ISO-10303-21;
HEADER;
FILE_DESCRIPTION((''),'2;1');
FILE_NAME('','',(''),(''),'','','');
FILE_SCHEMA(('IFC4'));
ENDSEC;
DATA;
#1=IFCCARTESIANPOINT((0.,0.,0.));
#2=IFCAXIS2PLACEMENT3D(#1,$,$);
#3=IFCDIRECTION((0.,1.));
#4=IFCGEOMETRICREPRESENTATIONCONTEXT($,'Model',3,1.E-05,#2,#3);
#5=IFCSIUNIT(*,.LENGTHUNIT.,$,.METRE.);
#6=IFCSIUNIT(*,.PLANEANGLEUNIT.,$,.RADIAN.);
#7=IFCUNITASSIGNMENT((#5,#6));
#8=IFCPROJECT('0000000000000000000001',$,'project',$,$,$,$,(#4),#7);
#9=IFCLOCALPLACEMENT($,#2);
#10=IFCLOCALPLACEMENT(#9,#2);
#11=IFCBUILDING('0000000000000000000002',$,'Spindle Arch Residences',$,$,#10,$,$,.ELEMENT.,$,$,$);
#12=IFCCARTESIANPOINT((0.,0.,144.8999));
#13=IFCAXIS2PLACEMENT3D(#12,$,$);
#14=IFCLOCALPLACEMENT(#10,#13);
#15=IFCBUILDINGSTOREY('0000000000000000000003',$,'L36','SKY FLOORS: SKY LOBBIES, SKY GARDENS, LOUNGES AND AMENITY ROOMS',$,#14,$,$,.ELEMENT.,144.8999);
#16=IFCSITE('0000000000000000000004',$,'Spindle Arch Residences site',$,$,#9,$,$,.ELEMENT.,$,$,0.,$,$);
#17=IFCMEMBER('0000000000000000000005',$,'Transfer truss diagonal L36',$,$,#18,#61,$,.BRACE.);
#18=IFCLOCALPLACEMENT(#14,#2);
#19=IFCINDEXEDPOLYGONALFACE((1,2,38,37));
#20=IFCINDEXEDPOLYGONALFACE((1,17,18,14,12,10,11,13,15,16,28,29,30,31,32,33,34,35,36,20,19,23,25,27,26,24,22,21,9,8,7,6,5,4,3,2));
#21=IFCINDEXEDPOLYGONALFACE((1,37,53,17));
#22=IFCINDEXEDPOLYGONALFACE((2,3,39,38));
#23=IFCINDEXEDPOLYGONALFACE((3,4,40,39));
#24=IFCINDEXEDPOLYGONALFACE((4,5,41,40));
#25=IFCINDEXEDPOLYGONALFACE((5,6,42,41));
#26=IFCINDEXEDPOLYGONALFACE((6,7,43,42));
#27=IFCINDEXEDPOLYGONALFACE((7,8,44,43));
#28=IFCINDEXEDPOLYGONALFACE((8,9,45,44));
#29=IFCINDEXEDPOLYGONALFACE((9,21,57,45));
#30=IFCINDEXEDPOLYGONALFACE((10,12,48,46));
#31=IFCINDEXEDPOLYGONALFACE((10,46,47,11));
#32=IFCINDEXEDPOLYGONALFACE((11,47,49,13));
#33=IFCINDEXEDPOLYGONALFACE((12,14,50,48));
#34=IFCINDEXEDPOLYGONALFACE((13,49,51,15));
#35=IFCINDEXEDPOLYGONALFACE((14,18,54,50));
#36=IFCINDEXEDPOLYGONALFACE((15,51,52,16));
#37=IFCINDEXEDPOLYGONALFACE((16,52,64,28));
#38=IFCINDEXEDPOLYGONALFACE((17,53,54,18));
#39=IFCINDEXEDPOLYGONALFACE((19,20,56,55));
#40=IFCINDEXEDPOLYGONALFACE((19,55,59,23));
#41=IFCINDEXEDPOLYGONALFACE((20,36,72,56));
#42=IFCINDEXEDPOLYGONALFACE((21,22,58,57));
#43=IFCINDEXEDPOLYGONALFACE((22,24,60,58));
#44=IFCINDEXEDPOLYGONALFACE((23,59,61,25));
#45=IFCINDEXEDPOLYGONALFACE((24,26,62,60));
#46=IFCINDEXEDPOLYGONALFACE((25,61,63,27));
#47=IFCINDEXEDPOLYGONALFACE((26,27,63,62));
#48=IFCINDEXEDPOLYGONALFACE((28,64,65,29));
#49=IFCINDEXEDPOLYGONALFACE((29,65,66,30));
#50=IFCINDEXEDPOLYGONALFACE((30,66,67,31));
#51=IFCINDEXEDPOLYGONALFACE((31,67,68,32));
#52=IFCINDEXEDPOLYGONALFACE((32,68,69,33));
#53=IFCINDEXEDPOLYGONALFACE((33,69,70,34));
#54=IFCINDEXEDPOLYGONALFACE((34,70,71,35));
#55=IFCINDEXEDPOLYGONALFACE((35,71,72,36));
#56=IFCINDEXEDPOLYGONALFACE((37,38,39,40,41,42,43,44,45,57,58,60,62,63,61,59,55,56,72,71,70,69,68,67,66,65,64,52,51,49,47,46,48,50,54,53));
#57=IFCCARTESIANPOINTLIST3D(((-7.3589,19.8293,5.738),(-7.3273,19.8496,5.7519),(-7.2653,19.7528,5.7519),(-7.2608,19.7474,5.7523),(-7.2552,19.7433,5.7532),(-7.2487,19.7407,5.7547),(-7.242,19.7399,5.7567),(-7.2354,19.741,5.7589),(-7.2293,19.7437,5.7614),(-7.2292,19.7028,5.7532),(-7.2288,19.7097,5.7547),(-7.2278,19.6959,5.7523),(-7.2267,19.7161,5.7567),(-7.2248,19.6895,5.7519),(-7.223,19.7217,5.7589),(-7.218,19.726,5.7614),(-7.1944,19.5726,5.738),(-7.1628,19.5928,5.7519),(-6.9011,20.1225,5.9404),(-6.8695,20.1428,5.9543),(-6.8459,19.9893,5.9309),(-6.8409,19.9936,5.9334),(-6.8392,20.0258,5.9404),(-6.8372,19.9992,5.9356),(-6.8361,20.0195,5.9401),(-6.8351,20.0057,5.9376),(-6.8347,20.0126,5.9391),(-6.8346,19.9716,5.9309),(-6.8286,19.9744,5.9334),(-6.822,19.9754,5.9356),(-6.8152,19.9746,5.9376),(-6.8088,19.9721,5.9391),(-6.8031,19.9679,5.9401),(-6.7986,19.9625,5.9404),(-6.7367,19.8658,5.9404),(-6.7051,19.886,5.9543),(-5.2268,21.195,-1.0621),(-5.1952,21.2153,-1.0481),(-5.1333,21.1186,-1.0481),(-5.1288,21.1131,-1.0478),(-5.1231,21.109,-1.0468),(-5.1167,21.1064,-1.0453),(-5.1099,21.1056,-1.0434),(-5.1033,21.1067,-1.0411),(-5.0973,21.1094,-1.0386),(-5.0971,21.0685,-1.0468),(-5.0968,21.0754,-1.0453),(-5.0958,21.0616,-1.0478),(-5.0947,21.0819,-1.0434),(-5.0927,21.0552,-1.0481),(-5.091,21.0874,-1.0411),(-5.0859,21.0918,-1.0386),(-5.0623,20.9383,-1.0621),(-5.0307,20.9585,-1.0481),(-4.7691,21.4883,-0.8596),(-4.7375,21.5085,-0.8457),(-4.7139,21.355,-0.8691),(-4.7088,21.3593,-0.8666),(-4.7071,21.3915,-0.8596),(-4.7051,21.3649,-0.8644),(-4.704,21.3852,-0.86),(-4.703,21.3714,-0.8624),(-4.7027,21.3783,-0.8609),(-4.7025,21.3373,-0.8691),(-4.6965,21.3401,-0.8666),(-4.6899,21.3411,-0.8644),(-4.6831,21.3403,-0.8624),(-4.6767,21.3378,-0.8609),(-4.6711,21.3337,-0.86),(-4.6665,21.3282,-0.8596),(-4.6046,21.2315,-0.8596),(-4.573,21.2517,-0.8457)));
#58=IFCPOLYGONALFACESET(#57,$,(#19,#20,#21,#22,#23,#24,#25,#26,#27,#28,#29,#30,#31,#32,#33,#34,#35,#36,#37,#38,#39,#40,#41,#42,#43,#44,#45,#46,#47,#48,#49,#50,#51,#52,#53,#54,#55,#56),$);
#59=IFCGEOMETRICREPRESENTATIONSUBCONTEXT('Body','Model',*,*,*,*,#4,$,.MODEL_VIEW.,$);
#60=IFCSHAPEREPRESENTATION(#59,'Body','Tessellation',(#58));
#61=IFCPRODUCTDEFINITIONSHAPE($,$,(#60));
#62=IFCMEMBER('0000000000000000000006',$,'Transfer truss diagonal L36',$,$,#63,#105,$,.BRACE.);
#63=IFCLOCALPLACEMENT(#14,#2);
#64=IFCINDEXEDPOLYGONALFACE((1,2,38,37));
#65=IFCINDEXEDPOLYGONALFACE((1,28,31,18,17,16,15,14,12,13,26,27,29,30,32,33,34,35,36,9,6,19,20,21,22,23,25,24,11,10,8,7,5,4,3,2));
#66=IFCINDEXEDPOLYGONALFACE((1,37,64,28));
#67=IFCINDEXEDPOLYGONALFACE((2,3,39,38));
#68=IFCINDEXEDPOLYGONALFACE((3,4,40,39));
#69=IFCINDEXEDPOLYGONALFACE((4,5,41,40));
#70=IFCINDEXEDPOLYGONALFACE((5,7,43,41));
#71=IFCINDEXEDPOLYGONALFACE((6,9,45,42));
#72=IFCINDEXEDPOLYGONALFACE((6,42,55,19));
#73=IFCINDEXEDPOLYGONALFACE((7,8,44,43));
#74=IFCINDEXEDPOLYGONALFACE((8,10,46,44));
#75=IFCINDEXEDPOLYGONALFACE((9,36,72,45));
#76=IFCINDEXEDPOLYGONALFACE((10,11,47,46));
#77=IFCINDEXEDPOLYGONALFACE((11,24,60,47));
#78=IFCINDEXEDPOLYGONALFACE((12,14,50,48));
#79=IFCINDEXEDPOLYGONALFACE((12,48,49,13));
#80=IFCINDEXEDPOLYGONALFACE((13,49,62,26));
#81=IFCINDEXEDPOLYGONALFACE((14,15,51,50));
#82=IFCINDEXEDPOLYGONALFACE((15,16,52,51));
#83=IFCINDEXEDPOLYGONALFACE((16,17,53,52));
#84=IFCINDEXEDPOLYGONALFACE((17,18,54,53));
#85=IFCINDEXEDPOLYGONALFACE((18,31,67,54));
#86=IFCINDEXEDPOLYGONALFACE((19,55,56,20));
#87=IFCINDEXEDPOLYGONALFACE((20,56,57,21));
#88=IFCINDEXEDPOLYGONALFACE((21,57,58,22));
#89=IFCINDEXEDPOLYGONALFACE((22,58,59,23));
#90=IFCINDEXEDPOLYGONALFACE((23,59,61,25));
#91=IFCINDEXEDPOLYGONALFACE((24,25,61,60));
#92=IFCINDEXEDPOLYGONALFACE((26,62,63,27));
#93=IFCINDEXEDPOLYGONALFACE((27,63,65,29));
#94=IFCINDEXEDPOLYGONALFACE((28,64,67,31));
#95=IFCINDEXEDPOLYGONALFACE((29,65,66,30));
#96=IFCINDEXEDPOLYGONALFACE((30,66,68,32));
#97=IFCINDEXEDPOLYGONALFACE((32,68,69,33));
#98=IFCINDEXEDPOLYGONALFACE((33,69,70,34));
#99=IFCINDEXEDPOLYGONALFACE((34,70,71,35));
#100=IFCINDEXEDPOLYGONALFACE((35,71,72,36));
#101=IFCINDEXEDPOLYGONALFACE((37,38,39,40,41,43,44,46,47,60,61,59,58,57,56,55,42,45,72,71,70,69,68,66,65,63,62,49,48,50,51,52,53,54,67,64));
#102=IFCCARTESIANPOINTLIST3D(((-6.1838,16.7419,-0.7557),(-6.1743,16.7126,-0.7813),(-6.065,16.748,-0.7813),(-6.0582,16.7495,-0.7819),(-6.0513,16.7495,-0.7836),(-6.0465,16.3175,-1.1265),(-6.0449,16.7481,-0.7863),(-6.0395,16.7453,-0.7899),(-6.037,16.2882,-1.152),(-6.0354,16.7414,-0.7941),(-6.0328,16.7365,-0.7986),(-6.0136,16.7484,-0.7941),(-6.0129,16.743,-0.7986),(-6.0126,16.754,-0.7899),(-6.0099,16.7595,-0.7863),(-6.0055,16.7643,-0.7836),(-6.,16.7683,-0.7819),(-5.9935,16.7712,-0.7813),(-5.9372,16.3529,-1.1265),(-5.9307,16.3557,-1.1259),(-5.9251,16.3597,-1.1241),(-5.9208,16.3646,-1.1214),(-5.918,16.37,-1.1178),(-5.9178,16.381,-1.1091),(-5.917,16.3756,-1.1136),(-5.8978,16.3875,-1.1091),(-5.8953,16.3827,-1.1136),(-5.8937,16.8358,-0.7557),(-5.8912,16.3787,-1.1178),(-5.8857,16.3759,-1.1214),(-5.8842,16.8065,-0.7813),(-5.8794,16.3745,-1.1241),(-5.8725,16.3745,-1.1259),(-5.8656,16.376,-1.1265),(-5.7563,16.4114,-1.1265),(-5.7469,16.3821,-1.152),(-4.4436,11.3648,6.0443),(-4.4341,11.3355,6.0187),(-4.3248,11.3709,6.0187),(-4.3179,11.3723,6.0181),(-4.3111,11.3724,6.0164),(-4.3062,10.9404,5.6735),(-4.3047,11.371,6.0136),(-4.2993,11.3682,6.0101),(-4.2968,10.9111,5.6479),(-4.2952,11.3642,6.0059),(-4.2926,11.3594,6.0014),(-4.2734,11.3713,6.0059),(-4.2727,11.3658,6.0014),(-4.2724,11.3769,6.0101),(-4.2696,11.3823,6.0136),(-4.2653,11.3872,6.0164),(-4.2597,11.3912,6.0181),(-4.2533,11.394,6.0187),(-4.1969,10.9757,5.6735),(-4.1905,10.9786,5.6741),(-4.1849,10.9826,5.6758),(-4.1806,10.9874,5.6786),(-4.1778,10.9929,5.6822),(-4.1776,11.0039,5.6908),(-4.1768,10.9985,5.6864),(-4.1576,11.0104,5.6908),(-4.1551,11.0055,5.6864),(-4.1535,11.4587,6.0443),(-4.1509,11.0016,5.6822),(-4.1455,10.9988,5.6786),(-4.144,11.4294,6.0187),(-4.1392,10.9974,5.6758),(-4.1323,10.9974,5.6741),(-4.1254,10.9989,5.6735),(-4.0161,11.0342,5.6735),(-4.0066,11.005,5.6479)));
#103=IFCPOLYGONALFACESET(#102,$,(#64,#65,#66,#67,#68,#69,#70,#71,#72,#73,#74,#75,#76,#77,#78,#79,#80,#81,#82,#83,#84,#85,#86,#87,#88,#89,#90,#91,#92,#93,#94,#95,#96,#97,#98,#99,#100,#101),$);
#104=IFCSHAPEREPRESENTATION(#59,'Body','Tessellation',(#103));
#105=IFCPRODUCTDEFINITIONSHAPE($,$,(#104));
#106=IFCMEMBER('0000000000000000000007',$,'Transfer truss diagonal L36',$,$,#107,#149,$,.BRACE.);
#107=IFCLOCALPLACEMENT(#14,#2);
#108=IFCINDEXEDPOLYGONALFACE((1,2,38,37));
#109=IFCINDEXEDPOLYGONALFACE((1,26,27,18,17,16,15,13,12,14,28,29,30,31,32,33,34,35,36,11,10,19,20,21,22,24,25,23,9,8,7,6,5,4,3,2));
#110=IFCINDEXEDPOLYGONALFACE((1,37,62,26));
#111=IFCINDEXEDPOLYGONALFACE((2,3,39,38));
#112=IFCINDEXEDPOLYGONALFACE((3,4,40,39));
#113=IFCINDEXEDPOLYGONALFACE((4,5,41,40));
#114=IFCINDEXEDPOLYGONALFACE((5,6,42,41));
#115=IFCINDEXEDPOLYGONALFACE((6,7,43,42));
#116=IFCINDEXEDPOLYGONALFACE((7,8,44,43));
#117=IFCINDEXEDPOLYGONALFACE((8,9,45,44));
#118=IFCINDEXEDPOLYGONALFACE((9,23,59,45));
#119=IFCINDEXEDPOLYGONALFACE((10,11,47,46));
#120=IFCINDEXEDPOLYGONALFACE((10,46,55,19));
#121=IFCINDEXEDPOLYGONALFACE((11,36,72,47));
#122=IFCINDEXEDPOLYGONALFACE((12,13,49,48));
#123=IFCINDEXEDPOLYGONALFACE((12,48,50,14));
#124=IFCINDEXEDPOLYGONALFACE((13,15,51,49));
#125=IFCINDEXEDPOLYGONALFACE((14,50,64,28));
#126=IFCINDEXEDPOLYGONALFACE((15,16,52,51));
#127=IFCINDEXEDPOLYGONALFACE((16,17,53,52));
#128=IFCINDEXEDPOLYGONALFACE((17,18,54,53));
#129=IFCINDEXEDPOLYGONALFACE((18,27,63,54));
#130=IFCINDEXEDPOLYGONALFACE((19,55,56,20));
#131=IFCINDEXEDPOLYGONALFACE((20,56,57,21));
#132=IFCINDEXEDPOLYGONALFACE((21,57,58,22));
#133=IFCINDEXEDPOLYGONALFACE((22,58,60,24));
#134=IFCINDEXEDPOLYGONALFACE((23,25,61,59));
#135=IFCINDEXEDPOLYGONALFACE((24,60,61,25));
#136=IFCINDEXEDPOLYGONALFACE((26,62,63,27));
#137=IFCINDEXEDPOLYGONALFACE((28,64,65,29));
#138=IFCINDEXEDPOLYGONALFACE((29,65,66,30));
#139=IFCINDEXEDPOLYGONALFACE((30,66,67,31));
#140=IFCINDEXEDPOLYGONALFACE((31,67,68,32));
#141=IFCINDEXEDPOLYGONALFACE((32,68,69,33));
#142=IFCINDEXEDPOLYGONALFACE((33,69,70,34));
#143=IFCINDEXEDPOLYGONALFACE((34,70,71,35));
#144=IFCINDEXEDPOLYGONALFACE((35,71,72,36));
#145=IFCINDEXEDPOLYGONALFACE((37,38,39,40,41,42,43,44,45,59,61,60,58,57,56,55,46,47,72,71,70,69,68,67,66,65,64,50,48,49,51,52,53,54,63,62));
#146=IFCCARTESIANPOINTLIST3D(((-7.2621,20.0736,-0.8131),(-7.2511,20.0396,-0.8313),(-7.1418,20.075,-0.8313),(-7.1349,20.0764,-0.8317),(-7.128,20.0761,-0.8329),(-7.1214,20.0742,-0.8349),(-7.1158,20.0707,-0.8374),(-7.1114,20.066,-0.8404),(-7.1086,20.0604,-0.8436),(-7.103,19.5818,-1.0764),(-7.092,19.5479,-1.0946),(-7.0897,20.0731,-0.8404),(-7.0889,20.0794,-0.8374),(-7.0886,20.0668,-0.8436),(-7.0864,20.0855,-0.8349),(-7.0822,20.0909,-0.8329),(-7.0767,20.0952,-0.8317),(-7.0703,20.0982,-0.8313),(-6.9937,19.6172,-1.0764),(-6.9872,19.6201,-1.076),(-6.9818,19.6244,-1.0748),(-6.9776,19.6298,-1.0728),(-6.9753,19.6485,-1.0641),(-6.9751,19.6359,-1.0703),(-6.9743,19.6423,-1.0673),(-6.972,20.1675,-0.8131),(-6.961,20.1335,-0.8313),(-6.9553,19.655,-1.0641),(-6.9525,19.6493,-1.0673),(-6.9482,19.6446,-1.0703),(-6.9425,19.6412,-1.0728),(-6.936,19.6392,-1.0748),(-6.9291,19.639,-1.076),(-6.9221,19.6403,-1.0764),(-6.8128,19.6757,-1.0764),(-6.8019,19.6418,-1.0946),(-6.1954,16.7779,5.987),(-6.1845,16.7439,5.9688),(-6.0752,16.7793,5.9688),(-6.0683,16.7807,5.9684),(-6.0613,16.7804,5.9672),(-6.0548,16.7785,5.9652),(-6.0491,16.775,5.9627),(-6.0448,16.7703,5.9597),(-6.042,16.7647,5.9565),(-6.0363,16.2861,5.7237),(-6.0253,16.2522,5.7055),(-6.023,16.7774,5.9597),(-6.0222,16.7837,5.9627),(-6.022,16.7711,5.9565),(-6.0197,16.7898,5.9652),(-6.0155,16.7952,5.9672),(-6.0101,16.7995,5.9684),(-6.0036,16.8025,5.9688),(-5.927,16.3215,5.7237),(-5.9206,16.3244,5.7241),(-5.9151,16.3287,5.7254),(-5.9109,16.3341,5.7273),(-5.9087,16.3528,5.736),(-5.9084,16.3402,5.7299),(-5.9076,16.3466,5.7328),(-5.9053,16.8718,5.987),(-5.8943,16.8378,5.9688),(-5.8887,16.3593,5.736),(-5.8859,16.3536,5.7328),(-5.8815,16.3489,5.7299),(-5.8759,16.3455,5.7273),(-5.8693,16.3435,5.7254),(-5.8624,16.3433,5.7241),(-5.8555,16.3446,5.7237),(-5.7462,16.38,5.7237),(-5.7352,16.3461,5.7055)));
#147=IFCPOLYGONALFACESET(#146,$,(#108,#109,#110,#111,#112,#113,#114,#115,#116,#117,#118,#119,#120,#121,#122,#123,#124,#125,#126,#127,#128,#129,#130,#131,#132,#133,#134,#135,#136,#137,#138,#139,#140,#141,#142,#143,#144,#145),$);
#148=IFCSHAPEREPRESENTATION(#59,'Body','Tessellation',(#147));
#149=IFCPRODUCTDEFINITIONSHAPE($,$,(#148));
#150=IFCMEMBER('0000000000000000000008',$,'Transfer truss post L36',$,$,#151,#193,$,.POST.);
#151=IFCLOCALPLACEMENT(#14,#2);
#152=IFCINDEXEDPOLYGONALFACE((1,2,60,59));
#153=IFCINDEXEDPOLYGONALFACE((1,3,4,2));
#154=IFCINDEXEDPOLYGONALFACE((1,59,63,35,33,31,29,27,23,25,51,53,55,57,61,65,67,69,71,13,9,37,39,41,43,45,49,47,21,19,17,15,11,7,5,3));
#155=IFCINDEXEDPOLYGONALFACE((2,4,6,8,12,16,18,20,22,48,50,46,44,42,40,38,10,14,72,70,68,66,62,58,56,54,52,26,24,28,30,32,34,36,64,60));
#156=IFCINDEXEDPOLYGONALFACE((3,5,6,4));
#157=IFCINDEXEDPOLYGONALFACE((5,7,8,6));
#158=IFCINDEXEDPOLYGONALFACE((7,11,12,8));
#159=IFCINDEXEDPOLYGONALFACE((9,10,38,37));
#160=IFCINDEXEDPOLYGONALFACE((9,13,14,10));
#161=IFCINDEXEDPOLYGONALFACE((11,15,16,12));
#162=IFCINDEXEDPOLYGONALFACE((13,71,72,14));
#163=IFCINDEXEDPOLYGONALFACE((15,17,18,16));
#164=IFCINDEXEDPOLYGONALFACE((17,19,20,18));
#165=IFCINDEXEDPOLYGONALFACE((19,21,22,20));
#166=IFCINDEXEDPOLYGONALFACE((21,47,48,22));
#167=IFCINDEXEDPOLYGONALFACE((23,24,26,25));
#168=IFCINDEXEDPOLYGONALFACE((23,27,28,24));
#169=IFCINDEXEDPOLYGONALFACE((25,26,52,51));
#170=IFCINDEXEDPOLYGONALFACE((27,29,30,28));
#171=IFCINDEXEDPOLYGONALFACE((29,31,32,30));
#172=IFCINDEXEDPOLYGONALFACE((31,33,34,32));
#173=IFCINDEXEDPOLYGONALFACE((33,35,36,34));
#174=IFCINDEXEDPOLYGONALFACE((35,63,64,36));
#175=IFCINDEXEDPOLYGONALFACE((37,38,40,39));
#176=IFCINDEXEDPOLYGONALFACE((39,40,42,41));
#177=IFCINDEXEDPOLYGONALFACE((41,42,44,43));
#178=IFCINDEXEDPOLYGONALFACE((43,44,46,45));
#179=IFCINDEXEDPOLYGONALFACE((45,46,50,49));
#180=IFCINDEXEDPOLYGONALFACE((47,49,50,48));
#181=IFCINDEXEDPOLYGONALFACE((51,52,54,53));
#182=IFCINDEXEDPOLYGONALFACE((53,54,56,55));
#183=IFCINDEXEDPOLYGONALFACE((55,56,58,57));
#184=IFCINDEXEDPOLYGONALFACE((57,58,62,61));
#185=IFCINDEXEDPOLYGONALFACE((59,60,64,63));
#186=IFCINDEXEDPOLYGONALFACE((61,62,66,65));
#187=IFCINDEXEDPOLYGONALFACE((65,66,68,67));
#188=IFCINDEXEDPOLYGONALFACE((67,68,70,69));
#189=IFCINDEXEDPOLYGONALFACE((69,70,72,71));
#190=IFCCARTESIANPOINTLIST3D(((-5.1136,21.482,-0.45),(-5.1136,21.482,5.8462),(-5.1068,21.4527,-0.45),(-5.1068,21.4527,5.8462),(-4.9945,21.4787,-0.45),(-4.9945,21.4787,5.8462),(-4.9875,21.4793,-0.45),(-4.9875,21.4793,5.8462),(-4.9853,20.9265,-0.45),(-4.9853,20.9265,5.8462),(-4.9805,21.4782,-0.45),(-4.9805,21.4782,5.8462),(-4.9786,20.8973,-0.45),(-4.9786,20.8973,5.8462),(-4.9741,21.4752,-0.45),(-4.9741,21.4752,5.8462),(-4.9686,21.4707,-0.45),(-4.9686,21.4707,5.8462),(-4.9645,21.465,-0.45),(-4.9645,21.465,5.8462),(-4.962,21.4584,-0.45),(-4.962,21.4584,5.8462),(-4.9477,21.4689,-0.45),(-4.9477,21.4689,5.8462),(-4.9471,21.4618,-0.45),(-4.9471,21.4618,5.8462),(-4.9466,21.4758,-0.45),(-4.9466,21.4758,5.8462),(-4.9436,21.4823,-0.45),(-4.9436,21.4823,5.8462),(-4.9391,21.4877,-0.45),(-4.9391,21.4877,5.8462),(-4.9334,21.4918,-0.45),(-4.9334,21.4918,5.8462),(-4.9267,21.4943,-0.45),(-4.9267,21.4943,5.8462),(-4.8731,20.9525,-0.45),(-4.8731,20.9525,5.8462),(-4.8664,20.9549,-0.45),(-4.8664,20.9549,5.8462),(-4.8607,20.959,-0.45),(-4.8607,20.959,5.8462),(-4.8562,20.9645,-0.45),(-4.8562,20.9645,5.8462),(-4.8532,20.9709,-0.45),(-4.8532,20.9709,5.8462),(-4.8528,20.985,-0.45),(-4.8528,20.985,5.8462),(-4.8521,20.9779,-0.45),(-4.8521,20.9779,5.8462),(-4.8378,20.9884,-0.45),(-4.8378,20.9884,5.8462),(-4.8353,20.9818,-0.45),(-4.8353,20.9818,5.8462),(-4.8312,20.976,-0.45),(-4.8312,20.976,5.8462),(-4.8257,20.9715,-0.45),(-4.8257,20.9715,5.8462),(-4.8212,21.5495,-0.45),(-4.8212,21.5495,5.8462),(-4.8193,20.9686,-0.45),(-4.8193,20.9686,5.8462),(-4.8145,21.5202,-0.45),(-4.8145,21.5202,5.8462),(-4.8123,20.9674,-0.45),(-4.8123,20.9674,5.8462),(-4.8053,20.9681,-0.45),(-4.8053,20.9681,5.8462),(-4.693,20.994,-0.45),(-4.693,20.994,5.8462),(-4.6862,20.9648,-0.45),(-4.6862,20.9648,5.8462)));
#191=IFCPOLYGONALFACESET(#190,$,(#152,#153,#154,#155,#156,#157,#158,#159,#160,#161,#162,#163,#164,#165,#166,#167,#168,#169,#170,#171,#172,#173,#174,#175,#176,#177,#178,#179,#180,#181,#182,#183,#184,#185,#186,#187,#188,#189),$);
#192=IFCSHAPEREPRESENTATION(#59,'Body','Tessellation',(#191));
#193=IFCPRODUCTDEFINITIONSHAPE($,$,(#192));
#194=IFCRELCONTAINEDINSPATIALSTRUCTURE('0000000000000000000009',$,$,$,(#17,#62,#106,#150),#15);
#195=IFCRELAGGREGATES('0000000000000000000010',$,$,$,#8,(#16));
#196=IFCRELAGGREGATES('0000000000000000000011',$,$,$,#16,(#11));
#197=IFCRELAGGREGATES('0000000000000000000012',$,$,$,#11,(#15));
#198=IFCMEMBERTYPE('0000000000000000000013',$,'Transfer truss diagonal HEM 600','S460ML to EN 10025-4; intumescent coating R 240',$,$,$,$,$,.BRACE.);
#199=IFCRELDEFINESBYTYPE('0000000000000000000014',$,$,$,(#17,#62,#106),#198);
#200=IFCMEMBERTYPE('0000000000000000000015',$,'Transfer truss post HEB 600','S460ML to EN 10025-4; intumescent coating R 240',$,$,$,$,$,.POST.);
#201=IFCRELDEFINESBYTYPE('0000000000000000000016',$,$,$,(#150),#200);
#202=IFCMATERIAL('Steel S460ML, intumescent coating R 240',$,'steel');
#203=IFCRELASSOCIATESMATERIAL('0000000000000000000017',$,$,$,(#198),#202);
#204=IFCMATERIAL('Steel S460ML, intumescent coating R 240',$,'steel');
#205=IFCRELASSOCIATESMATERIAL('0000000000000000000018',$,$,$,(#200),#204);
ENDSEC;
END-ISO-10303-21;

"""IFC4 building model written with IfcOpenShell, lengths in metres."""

from ifc_helpers import new_model, si_unit, direction, frame, origin, origin_2d, place, context, subcontext, project, spatial, i_section, extrude, material, material_profile, profile_set, type_object, element, save


model = new_model("IFC4")

# Units and contexts
model_context = context("Model", 3, precision=1e-05, world=origin(), true_north=direction((0.0, 1.0)))
body_context = subcontext(model_context, "Body", "Model", "MODEL_VIEW")
ifc_project = project(units=[si_unit("LENGTHUNIT", "METRE"), si_unit("PLANEANGLEUNIT", "RADIAN")], contexts=[model_context])

# Site, building, storey
site_placement = place(None, origin())
site = spatial("IfcSite", under=ifc_project, at=site_placement, Name="Spindle Arch Residences site", CompositionType="ELEMENT", RefElevation=0.0)
building_placement = place(site_placement, origin())
building = spatial("IfcBuilding", under=site, at=building_placement, Name="Spindle Arch Residences", CompositionType="ELEMENT")
storey_placement = place(building_placement, frame((0.0, 0.0, 144.8999)))
storey = spatial("IfcBuildingStorey", under=building, at=storey_placement, Name="L36", Description="SKY FLOORS: SKY LOBBIES, SKY GARDENS, LOUNGES AND AMENITY ROOMS", CompositionType="ELEMENT", Elevation=144.8999)

# Members
ifc_material_1 = material(Name="Steel S460ML, intumescent coating R 240", Category="steel")
ifc_material_profile_1 = material_profile(ifc_material_1, i_section(OverallWidth=0.3049, OverallDepth=0.6201, WebThickness=0.021, FlangeThickness=0.04, FilletRadius=0.0271, at=origin_2d()), Name="HEM 600")
ifc_profile_set_1 = profile_set([ifc_material_profile_1], Name="Steel S460ML, intumescent coating R 240")
member_type_1 = type_object("IfcMemberType", Name="Transfer truss diagonal HEM 600", Description="S460ML to EN 10025-4; intumescent coating R 240", PredefinedType="BRACE", material=ifc_profile_set_1)
member_1_placement = place(storey_placement, frame((-4.8999, 21.2234, -0.9539), z_axis=(-0.293831, -0.188216, 0.937144), x_axis=(0.539387, -0.842058, 0.0)))
element("IfcMember", 1, at=member_1_placement, inside=storey, type_object=member_type_1, Name="Transfer truss diagonal L36", PredefinedType="BRACE", context=body_context, shape_type="SweptSolid", body=[
    extrude(i_section(OverallWidth=0.3049, OverallDepth=0.6201, WebThickness=0.021, FlangeThickness=0.04, FilletRadius=0.0271, at=origin_2d()), origin(), (0.0, 0.0, 1.0), 7.2561),
])
member_2_placement = place(storey_placement, frame((-5.9653, 16.562, -0.9539), z_axis=(0.196812, -0.608133, 0.769051), x_axis=(0.951416, 0.307909, 0.0)))
element("IfcMember", 2, at=member_2_placement, inside=storey, type_object=member_type_1, Name="Transfer truss diagonal L36", PredefinedType="BRACE", context=body_context, shape_type="SweptSolid", body=[
    extrude(i_section(OverallWidth=0.3049, OverallDepth=0.6201, WebThickness=0.021, FlangeThickness=0.04, FilletRadius=0.0271, at=origin_2d()), origin(), (0.0, 0.0, 1.0), 8.842),
])
member_3_placement = place(storey_placement, frame((-7.032, 19.8577, -0.9539), z_axis=(0.139769, -0.431849, 0.89105), x_axis=(0.95141, 0.307927, 0.0)))
element("IfcMember", 3, at=member_3_placement, inside=storey, type_object=member_type_1, Name="Transfer truss diagonal L36", PredefinedType="BRACE", context=body_context, shape_type="SweptSolid", body=[
    extrude(i_section(OverallWidth=0.3049, OverallDepth=0.6201, WebThickness=0.021, FlangeThickness=0.04, FilletRadius=0.0271, at=origin_2d()), origin(), (0.0, 0.0, 1.0), 7.6316),
])
ifc_material_2 = material(Name="Steel S460ML, intumescent coating R 240", Category="steel")
ifc_material_profile_2 = material_profile(ifc_material_2, i_section(OverallWidth=0.3, OverallDepth=0.6001, WebThickness=0.0154, FlangeThickness=0.03, FilletRadius=0.0271, at=origin_2d()), Name="HEB 600")
ifc_profile_set_2 = profile_set([ifc_material_profile_2], Name="Steel S460ML, intumescent coating R 240")
member_type_2 = type_object("IfcMemberType", Name="Transfer truss post HEB 600", Description="S460ML to EN 10025-4; intumescent coating R 240", PredefinedType="POST", material=ifc_profile_set_2)
member_4_placement = place(storey_placement, frame((-4.8999, 21.2234, -0.45), z_axis=(0.0, 0.0, 1.0), x_axis=(0.97437, 0.22495, 0.0)))
element("IfcMember", 4, at=member_4_placement, inside=storey, type_object=member_type_2, Name="Transfer truss post L36", PredefinedType="POST", context=body_context, shape_type="SweptSolid", body=[
    extrude(i_section(OverallWidth=0.3, OverallDepth=0.6001, WebThickness=0.0154, FlangeThickness=0.03, FilletRadius=0.0271, at=origin_2d()), origin(), (0.0, 0.0, 1.0), 6.2961),
])

save(model, "model.ifc")
